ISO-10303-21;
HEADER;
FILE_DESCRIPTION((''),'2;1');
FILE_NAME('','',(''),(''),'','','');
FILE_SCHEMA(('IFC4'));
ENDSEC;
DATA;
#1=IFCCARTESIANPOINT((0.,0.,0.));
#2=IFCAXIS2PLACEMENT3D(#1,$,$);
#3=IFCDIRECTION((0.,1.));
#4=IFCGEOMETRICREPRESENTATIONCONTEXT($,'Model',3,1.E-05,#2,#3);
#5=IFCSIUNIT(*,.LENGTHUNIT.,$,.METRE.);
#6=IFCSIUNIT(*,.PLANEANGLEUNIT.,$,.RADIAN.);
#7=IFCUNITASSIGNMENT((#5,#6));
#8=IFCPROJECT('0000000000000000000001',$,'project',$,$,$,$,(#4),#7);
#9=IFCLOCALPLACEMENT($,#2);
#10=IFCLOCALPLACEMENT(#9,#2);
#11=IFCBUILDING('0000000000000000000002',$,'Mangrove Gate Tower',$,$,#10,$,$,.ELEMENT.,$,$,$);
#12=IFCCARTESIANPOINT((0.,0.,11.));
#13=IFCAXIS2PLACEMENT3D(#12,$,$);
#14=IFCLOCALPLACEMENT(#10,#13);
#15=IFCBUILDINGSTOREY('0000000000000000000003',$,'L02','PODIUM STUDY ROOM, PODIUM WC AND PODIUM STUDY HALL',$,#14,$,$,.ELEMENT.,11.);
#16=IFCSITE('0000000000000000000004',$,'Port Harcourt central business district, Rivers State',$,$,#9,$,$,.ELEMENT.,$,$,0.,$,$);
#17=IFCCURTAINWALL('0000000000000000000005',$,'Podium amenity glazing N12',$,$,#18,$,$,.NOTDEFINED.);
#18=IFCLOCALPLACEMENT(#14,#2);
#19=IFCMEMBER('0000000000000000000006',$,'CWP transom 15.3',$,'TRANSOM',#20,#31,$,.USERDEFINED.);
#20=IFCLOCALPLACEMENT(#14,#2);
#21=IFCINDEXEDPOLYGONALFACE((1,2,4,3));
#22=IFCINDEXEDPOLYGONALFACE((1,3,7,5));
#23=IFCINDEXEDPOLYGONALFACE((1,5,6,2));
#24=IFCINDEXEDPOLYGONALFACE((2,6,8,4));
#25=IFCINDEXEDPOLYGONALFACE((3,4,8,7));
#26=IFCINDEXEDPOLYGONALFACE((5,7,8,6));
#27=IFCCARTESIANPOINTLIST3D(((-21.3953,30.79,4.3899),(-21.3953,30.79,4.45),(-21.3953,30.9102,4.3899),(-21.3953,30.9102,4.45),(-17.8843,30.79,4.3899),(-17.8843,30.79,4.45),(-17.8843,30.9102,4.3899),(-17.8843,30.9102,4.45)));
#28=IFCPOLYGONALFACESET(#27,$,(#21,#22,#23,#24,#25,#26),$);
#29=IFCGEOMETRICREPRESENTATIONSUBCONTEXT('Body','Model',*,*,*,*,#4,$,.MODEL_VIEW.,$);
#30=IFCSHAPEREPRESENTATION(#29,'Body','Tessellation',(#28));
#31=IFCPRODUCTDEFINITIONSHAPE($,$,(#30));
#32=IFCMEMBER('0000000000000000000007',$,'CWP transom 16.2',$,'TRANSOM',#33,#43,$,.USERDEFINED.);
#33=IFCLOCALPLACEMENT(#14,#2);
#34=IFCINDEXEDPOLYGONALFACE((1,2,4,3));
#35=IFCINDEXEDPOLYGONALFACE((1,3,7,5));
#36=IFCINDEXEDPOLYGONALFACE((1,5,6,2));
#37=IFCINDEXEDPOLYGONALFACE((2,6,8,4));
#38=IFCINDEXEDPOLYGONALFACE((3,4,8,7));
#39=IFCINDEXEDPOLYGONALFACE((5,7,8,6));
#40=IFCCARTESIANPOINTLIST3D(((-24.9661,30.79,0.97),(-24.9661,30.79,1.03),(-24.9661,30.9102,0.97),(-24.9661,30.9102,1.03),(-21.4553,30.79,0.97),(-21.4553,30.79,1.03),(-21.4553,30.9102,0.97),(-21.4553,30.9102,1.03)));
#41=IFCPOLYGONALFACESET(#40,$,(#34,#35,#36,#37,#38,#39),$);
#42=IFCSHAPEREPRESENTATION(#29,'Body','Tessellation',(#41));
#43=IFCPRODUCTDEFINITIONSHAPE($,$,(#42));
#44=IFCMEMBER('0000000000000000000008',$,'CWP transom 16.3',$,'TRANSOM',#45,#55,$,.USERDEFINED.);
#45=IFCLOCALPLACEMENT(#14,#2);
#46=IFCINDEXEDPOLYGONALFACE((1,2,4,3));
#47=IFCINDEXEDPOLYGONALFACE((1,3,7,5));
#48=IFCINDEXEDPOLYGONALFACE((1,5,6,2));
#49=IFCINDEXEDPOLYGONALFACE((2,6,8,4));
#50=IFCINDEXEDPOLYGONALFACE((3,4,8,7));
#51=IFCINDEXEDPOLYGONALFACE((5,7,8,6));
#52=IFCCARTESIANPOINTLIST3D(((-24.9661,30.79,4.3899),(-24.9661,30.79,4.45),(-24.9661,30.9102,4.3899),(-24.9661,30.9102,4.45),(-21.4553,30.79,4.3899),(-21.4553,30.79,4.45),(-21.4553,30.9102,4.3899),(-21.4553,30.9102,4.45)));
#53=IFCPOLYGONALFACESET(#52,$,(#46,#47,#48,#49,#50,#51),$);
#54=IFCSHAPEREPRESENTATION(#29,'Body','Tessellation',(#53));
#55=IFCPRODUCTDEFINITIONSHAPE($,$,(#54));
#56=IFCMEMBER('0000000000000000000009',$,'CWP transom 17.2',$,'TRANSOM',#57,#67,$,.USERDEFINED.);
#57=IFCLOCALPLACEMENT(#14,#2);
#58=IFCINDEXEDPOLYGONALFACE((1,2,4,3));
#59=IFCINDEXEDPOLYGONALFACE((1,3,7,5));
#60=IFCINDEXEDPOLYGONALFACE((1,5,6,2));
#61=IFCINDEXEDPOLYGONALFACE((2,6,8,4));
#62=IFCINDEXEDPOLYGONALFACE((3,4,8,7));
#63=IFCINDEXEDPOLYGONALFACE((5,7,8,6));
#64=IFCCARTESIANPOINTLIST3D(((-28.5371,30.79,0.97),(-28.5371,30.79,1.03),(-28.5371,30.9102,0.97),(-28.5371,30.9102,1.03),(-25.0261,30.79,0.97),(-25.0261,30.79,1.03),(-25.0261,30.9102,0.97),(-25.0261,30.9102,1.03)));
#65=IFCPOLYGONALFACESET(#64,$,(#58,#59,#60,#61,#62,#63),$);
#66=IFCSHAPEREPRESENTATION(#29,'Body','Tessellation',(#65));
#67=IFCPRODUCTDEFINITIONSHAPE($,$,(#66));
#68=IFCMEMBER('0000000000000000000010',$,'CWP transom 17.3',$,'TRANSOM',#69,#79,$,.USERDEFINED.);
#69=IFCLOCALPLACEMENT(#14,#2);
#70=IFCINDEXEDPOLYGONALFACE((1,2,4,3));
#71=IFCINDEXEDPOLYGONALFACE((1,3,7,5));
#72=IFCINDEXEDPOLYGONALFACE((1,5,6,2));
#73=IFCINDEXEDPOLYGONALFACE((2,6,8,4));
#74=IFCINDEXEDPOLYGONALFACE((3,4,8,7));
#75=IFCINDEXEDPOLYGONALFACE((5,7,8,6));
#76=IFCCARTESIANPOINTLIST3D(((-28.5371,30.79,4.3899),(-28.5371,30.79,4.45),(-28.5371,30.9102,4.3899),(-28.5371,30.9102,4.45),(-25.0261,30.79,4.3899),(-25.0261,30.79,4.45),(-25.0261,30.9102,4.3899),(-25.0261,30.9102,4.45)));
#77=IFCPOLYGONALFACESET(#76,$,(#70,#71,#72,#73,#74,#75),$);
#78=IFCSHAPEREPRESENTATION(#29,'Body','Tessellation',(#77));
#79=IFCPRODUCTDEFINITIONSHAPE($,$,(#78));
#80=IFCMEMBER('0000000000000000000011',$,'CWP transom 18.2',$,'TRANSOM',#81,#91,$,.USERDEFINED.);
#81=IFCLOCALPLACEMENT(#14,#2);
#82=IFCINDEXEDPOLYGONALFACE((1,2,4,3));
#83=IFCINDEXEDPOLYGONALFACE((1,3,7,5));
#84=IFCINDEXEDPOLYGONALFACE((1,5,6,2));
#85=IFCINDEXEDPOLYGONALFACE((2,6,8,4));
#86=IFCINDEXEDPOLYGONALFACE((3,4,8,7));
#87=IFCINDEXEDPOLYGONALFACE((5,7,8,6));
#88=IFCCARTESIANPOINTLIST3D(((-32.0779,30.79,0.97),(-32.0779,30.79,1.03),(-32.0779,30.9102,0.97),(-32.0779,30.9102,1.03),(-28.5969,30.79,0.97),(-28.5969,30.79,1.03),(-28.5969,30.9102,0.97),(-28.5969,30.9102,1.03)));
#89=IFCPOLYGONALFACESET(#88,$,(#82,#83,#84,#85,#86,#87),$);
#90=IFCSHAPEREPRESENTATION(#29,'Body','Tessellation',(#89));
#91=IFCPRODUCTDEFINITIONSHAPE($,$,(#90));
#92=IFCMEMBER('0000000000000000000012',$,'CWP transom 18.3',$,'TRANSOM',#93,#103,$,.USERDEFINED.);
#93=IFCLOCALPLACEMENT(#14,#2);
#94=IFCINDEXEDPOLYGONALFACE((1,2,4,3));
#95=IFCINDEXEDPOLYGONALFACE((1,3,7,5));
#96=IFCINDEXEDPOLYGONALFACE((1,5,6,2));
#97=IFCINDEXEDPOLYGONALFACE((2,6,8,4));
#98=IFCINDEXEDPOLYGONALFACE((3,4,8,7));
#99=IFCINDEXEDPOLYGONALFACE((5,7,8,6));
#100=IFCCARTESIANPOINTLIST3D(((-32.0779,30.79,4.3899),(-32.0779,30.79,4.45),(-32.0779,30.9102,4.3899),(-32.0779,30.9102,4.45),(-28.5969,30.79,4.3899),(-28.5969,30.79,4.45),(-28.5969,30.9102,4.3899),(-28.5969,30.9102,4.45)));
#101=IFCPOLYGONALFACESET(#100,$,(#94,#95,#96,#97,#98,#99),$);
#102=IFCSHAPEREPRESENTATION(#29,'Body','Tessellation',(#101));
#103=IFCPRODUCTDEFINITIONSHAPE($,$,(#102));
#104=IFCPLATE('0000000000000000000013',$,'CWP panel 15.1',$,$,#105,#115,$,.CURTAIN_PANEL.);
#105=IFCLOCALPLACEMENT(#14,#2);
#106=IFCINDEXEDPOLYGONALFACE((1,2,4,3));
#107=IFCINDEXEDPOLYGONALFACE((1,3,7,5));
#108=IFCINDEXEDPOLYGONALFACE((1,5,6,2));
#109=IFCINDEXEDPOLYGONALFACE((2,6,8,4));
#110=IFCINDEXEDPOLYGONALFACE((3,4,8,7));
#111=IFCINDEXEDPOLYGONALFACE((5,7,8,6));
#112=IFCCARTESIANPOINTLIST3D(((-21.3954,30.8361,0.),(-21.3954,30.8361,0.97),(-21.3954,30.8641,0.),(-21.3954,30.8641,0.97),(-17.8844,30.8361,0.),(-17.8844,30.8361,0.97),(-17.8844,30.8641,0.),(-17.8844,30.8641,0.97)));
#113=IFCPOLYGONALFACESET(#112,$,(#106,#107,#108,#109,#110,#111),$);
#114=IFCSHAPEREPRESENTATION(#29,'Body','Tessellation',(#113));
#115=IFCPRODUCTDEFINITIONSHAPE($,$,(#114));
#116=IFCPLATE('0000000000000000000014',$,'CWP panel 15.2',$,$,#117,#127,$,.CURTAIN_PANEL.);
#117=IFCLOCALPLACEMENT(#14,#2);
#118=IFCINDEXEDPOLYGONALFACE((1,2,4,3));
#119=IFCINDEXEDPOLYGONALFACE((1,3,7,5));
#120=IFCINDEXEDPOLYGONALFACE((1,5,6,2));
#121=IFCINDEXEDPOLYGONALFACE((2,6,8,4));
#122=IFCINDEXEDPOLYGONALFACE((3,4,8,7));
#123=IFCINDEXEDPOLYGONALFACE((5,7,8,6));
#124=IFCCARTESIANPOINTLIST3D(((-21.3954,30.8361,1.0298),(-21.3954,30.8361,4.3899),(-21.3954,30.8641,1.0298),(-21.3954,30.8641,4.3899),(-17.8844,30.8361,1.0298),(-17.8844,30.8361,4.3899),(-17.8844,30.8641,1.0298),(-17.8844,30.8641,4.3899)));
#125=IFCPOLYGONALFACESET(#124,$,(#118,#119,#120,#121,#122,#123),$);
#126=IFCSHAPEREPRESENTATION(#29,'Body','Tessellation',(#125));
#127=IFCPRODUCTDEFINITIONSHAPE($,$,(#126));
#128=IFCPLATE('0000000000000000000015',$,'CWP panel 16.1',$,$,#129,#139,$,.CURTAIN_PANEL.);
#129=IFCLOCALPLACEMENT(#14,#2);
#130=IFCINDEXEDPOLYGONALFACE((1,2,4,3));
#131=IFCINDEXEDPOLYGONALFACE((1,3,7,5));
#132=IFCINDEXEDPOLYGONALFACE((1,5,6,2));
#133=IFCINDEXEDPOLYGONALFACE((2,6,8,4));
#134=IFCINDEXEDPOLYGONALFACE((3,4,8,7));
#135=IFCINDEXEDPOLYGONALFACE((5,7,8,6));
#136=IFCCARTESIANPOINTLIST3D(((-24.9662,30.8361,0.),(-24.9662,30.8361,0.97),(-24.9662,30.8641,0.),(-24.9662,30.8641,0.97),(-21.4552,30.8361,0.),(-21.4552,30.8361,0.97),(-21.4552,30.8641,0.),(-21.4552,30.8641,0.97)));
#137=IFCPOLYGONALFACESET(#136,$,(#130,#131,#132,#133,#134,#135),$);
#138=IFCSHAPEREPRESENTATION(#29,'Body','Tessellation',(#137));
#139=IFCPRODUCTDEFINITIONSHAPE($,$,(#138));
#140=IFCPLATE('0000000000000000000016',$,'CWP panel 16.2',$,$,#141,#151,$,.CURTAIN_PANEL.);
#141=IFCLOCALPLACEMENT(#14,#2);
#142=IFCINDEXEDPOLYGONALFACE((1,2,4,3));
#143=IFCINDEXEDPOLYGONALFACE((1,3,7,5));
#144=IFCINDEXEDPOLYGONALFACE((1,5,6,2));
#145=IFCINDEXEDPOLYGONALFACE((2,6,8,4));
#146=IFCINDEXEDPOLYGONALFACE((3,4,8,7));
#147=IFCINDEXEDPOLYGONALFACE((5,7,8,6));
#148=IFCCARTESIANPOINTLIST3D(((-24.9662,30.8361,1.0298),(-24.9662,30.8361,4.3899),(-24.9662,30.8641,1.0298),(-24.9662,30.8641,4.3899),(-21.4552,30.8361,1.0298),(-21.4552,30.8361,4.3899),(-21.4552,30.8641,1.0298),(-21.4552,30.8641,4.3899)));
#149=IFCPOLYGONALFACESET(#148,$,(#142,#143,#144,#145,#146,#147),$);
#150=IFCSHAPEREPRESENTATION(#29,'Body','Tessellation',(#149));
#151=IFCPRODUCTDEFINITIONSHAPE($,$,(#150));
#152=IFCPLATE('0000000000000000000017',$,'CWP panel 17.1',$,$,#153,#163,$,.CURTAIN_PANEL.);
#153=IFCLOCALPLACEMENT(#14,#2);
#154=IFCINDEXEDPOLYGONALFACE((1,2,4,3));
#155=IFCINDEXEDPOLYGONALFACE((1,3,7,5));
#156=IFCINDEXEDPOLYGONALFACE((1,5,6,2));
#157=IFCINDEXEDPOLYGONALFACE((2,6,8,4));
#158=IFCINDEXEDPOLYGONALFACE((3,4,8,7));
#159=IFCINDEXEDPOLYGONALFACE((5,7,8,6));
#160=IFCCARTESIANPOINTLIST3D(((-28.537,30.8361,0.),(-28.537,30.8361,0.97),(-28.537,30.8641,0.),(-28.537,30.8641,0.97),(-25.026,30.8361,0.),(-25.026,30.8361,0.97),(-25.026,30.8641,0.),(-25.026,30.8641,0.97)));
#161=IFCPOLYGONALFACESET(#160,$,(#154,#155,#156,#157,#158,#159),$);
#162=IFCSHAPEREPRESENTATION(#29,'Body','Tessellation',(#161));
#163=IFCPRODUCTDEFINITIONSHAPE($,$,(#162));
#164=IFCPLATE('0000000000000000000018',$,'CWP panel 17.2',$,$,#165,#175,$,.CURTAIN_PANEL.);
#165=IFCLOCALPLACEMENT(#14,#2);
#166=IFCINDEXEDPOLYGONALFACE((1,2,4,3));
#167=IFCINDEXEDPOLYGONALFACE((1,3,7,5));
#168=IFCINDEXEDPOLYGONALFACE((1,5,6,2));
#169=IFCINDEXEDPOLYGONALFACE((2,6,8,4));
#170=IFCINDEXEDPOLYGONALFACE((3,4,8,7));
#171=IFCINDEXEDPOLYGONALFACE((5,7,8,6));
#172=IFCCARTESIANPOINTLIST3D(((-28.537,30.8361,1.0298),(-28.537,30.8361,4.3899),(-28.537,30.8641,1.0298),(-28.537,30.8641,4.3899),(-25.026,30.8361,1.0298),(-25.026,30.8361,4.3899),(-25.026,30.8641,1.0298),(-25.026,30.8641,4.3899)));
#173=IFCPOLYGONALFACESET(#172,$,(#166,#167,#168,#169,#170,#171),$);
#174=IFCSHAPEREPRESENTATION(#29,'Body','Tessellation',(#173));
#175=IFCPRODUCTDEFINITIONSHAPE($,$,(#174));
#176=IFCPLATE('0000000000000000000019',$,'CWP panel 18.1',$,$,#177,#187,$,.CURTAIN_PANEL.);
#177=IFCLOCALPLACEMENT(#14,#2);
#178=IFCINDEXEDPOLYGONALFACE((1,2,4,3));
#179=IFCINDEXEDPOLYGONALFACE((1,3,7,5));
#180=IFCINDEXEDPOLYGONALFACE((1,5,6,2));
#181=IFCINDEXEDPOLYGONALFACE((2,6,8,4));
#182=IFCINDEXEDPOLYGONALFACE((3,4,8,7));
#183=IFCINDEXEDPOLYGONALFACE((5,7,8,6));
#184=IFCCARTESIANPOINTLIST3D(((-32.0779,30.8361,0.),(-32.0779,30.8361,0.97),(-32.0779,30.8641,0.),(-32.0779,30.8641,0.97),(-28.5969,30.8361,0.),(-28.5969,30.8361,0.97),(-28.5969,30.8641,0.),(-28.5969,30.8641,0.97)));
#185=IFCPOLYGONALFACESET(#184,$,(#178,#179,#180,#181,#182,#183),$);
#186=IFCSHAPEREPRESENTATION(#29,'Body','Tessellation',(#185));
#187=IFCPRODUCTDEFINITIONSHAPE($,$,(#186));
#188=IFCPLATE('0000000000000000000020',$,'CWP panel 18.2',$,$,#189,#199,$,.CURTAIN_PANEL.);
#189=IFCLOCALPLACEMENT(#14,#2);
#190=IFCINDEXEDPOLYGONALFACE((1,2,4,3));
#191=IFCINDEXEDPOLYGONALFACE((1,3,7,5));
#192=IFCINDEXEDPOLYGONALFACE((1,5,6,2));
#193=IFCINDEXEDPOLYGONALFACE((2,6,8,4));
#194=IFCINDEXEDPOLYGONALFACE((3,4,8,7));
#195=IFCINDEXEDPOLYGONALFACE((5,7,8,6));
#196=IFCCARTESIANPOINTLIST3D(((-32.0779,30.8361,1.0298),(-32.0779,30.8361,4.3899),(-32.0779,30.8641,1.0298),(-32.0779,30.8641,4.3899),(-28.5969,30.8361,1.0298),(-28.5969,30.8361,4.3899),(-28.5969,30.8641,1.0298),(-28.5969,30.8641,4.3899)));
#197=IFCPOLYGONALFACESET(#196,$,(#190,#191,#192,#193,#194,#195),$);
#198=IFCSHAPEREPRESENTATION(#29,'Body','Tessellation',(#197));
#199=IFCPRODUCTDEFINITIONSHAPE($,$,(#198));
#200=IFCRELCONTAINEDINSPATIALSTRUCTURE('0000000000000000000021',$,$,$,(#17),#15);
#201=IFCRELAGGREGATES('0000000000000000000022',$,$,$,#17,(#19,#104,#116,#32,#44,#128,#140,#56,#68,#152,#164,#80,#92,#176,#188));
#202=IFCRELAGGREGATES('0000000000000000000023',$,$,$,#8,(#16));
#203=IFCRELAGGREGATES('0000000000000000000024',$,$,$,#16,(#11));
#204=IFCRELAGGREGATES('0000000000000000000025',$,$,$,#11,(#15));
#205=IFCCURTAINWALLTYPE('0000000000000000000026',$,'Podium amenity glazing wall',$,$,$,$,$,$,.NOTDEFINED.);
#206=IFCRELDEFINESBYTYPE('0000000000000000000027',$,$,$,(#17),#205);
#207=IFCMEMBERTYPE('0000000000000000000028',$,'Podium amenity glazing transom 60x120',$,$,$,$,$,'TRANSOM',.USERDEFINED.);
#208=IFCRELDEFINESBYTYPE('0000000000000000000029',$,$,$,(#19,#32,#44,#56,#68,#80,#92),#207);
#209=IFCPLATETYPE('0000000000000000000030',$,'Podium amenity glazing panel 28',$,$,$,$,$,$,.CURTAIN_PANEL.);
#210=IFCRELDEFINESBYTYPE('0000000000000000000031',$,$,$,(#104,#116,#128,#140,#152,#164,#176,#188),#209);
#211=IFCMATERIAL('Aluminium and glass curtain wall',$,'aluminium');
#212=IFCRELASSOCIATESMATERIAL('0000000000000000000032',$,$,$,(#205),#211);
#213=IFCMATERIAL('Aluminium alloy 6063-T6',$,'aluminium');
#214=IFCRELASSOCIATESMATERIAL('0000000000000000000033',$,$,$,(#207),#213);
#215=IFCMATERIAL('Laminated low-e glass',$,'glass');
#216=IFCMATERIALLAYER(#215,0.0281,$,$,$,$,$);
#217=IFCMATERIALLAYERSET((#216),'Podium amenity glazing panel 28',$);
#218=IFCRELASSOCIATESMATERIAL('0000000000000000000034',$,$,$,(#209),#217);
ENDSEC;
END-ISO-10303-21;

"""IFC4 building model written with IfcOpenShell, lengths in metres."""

from ifc_helpers import new_model, si_unit, direction, frame, origin, origin_2d, place, context, subcontext, project, spatial, rectangle, extrude, material, layer, layer_set, material_profile, profile_set, type_object, element, aggregate, save


model = new_model("IFC4")

# Units and contexts
model_context = context("Model", 3, precision=1e-05, world=origin(), true_north=direction((0.0, 1.0)))
body_context = subcontext(model_context, "Body", "Model", "MODEL_VIEW")
ifc_project = project(units=[si_unit("LENGTHUNIT", "METRE"), si_unit("PLANEANGLEUNIT", "RADIAN")], contexts=[model_context])

# Site, building, storey
site_placement = place(None, origin())
site = spatial("IfcSite", under=ifc_project, at=site_placement, Name="Port Harcourt central business district, Rivers State", CompositionType="ELEMENT", RefElevation=0.0)
building_placement = place(site_placement, origin())
building = spatial("IfcBuilding", under=site, at=building_placement, Name="Mangrove Gate Tower", CompositionType="ELEMENT")
storey_placement = place(building_placement, frame((0.0, 0.0, 11.0)))
storey = spatial("IfcBuildingStorey", under=building, at=storey_placement, Name="L02", Description="PODIUM STUDY ROOM, PODIUM WC AND PODIUM STUDY HALL", CompositionType="ELEMENT", Elevation=11.0)

# Curtain wall, members, plates
ifc_material_1 = material(Name="Aluminium and glass curtain wall", Category="aluminium")
curtain_wall_type = type_object("IfcCurtainWallType", Name="Podium amenity glazing wall", PredefinedType="NOTDEFINED", material=ifc_material_1)
curtain_wall_placement = place(storey_placement, origin())
curtain_wall = element("IfcCurtainWall", 1, at=curtain_wall_placement, inside=storey, type_object=curtain_wall_type, Name="Podium amenity glazing N12", PredefinedType="NOTDEFINED")
ifc_material_2 = material(Name="Aluminium alloy 6063-T6", Category="aluminium")
ifc_material_profile_1 = material_profile(ifc_material_2, rectangle(XDim=0.0601, YDim=0.1201, at=origin_2d()))
ifc_profile_set_1 = profile_set([ifc_material_profile_1], Name="Aluminium alloy 6063-T6")
member_type_1 = type_object("IfcMemberType", Name="Podium amenity glazing transom 60x120", ElementType="TRANSOM", PredefinedType="USERDEFINED", material=ifc_profile_set_1)
member_1_placement = place(storey_placement, frame((-17.8843, 30.8501, 4.4199), z_axis=(-1.0, 0.0, 0.0), x_axis=(0.0, 0.0, 1.0)))
member_1 = element("IfcMember", 2, at=member_1_placement, type_object=member_type_1, Name="CWP transom 15.3", ObjectType="TRANSOM", PredefinedType="USERDEFINED", context=body_context, shape_type="SweptSolid", body=[
    extrude(rectangle(XDim=0.0601, YDim=0.1201, at=origin_2d()), origin(), (0.0, 0.0, 1.0), 3.511),
])
member_2_placement = place(storey_placement, frame((-21.4553, 30.8501, 1.0), z_axis=(-1.0, 0.0, 0.0), x_axis=(0.0, 0.0, 1.0)))
member_2 = element("IfcMember", 3, at=member_2_placement, type_object=member_type_1, Name="CWP transom 16.2", ObjectType="TRANSOM", PredefinedType="USERDEFINED", context=body_context, shape_type="SweptSolid", body=[
    extrude(rectangle(XDim=0.0601, YDim=0.1201, at=origin_2d()), origin(), (0.0, 0.0, 1.0), 3.5107),
])
member_3_placement = place(storey_placement, frame((-21.4553, 30.8501, 4.4199), z_axis=(-1.0, 0.0, 0.0), x_axis=(0.0, 0.0, 1.0)))
member_3 = element("IfcMember", 4, at=member_3_placement, type_object=member_type_1, Name="CWP transom 16.3", ObjectType="TRANSOM", PredefinedType="USERDEFINED", context=body_context, shape_type="SweptSolid", body=[
    extrude(rectangle(XDim=0.0601, YDim=0.1201, at=origin_2d()), origin(), (0.0, 0.0, 1.0), 3.5107),
])
member_4_placement = place(storey_placement, frame((-25.0261, 30.8501, 1.0), z_axis=(-1.0, 0.0, 0.0), x_axis=(0.0, 0.0, 1.0)))
member_4 = element("IfcMember", 5, at=member_4_placement, type_object=member_type_1, Name="CWP transom 17.2", ObjectType="TRANSOM", PredefinedType="USERDEFINED", context=body_context, shape_type="SweptSolid", body=[
    extrude(rectangle(XDim=0.0601, YDim=0.1201, at=origin_2d()), origin(), (0.0, 0.0, 1.0), 3.511),
])
member_5_placement = place(storey_placement, frame((-25.0261, 30.8501, 4.4199), z_axis=(-1.0, 0.0, 0.0), x_axis=(0.0, 0.0, 1.0)))
member_5 = element("IfcMember", 6, at=member_5_placement, type_object=member_type_1, Name="CWP transom 17.3", ObjectType="TRANSOM", PredefinedType="USERDEFINED", context=body_context, shape_type="SweptSolid", body=[
    extrude(rectangle(XDim=0.0601, YDim=0.1201, at=origin_2d()), origin(), (0.0, 0.0, 1.0), 3.511),
])
member_6_placement = place(storey_placement, frame((-28.5969, 30.8501, 1.0), z_axis=(-1.0, 0.0, 0.0), x_axis=(0.0, 0.0, 1.0)))
member_6 = element("IfcMember", 7, at=member_6_placement, type_object=member_type_1, Name="CWP transom 18.2", ObjectType="TRANSOM", PredefinedType="USERDEFINED", context=body_context, shape_type="SweptSolid", body=[
    extrude(rectangle(XDim=0.0601, YDim=0.1201, at=origin_2d()), origin(), (0.0, 0.0, 1.0), 3.481),
])
member_7_placement = place(storey_placement, frame((-28.5969, 30.8501, 4.4199), z_axis=(-1.0, 0.0, 0.0), x_axis=(0.0, 0.0, 1.0)))
member_7 = element("IfcMember", 8, at=member_7_placement, type_object=member_type_1, Name="CWP transom 18.3", ObjectType="TRANSOM", PredefinedType="USERDEFINED", context=body_context, shape_type="SweptSolid", body=[
    extrude(rectangle(XDim=0.0601, YDim=0.1201, at=origin_2d()), origin(), (0.0, 0.0, 1.0), 3.481),
])
ifc_material_3 = material(Name="Laminated low-e glass", Category="glass")
ifc_layer_1 = layer(ifc_material_3, 0.0281)
ifc_layer_set_1 = layer_set([ifc_layer_1], Name="Podium amenity glazing panel 28")
plate_type = type_object("IfcPlateType", Name="Podium amenity glazing panel 28", PredefinedType="CURTAIN_PANEL", material=ifc_layer_set_1)
plate_1_placement = place(storey_placement, frame((-19.6399, 30.8501, 0.0), z_axis=(0.0, 0.0, 1.0), x_axis=(-1.0, 0.0, 0.0)))
plate_1 = element("IfcPlate", 9, at=plate_1_placement, type_object=plate_type, Name="CWP panel 15.1", PredefinedType="CURTAIN_PANEL", context=body_context, shape_type="SweptSolid", body=[
    extrude(rectangle(XDim=3.511, YDim=0.0281, at=origin_2d()), origin(), (0.0, 0.0, 1.0), 0.97),
])
plate_2_placement = place(storey_placement, frame((-19.6399, 30.8501, 1.0298), z_axis=(0.0, 0.0, 1.0), x_axis=(-1.0, 0.0, 0.0)))
plate_2 = element("IfcPlate", 10, at=plate_2_placement, type_object=plate_type, Name="CWP panel 15.2", PredefinedType="CURTAIN_PANEL", context=body_context, shape_type="SweptSolid", body=[
    extrude(rectangle(XDim=3.511, YDim=0.0281, at=origin_2d()), origin(), (0.0, 0.0, 1.0), 3.3601),
])
plate_3_placement = place(storey_placement, frame((-23.2107, 30.8501, 0.0), z_axis=(0.0, 0.0, 1.0), x_axis=(-1.0, 0.0, 0.0)))
plate_3 = element("IfcPlate", 11, at=plate_3_placement, type_object=plate_type, Name="CWP panel 16.1", PredefinedType="CURTAIN_PANEL", context=body_context, shape_type="SweptSolid", body=[
    extrude(rectangle(XDim=3.511, YDim=0.0281, at=origin_2d()), origin(), (0.0, 0.0, 1.0), 0.97),
])
plate_4_placement = place(storey_placement, frame((-23.2107, 30.8501, 1.0298), z_axis=(0.0, 0.0, 1.0), x_axis=(-1.0, 0.0, 0.0)))
plate_4 = element("IfcPlate", 12, at=plate_4_placement, type_object=plate_type, Name="CWP panel 16.2", PredefinedType="CURTAIN_PANEL", context=body_context, shape_type="SweptSolid", body=[
    extrude(rectangle(XDim=3.511, YDim=0.0281, at=origin_2d()), origin(), (0.0, 0.0, 1.0), 3.3601),
])
plate_5_placement = place(storey_placement, frame((-26.7815, 30.8501, 0.0), z_axis=(0.0, 0.0, 1.0), x_axis=(-1.0, 0.0, 0.0)))
plate_5 = element("IfcPlate", 13, at=plate_5_placement, type_object=plate_type, Name="CWP panel 17.1", PredefinedType="CURTAIN_PANEL", context=body_context, shape_type="SweptSolid", body=[
    extrude(rectangle(XDim=3.511, YDim=0.0281, at=origin_2d()), origin(), (0.0, 0.0, 1.0), 0.97),
])
plate_6_placement = place(storey_placement, frame((-26.7815, 30.8501, 1.0298), z_axis=(0.0, 0.0, 1.0), x_axis=(-1.0, 0.0, 0.0)))
plate_6 = element("IfcPlate", 14, at=plate_6_placement, type_object=plate_type, Name="CWP panel 17.2", PredefinedType="CURTAIN_PANEL", context=body_context, shape_type="SweptSolid", body=[
    extrude(rectangle(XDim=3.511, YDim=0.0281, at=origin_2d()), origin(), (0.0, 0.0, 1.0), 3.3601),
])
plate_7_placement = place(storey_placement, frame((-30.3374, 30.8501, 0.0), z_axis=(0.0, 0.0, 1.0), x_axis=(-1.0, 0.0, 0.0)))
plate_7 = element("IfcPlate", 15, at=plate_7_placement, type_object=plate_type, Name="CWP panel 18.1", PredefinedType="CURTAIN_PANEL", context=body_context, shape_type="SweptSolid", body=[
    extrude(rectangle(XDim=3.481, YDim=0.0281, at=origin_2d()), origin(), (0.0, 0.0, 1.0), 0.97),
])
plate_8_placement = place(storey_placement, frame((-30.3374, 30.8501, 1.0298), z_axis=(0.0, 0.0, 1.0), x_axis=(-1.0, 0.0, 0.0)))
plate_8 = element("IfcPlate", 16, at=plate_8_placement, type_object=plate_type, Name="CWP panel 18.2", PredefinedType="CURTAIN_PANEL", context=body_context, shape_type="SweptSolid", body=[
    extrude(rectangle(XDim=3.481, YDim=0.0281, at=origin_2d()), origin(), (0.0, 0.0, 1.0), 3.3601),
])
aggregate(curtain_wall, [member_1, plate_1, plate_2, member_2, member_3, plate_3, plate_4, member_4, member_5, plate_5, plate_6, member_6, member_7, plate_7, plate_8])

save(model, "model.ifc")
